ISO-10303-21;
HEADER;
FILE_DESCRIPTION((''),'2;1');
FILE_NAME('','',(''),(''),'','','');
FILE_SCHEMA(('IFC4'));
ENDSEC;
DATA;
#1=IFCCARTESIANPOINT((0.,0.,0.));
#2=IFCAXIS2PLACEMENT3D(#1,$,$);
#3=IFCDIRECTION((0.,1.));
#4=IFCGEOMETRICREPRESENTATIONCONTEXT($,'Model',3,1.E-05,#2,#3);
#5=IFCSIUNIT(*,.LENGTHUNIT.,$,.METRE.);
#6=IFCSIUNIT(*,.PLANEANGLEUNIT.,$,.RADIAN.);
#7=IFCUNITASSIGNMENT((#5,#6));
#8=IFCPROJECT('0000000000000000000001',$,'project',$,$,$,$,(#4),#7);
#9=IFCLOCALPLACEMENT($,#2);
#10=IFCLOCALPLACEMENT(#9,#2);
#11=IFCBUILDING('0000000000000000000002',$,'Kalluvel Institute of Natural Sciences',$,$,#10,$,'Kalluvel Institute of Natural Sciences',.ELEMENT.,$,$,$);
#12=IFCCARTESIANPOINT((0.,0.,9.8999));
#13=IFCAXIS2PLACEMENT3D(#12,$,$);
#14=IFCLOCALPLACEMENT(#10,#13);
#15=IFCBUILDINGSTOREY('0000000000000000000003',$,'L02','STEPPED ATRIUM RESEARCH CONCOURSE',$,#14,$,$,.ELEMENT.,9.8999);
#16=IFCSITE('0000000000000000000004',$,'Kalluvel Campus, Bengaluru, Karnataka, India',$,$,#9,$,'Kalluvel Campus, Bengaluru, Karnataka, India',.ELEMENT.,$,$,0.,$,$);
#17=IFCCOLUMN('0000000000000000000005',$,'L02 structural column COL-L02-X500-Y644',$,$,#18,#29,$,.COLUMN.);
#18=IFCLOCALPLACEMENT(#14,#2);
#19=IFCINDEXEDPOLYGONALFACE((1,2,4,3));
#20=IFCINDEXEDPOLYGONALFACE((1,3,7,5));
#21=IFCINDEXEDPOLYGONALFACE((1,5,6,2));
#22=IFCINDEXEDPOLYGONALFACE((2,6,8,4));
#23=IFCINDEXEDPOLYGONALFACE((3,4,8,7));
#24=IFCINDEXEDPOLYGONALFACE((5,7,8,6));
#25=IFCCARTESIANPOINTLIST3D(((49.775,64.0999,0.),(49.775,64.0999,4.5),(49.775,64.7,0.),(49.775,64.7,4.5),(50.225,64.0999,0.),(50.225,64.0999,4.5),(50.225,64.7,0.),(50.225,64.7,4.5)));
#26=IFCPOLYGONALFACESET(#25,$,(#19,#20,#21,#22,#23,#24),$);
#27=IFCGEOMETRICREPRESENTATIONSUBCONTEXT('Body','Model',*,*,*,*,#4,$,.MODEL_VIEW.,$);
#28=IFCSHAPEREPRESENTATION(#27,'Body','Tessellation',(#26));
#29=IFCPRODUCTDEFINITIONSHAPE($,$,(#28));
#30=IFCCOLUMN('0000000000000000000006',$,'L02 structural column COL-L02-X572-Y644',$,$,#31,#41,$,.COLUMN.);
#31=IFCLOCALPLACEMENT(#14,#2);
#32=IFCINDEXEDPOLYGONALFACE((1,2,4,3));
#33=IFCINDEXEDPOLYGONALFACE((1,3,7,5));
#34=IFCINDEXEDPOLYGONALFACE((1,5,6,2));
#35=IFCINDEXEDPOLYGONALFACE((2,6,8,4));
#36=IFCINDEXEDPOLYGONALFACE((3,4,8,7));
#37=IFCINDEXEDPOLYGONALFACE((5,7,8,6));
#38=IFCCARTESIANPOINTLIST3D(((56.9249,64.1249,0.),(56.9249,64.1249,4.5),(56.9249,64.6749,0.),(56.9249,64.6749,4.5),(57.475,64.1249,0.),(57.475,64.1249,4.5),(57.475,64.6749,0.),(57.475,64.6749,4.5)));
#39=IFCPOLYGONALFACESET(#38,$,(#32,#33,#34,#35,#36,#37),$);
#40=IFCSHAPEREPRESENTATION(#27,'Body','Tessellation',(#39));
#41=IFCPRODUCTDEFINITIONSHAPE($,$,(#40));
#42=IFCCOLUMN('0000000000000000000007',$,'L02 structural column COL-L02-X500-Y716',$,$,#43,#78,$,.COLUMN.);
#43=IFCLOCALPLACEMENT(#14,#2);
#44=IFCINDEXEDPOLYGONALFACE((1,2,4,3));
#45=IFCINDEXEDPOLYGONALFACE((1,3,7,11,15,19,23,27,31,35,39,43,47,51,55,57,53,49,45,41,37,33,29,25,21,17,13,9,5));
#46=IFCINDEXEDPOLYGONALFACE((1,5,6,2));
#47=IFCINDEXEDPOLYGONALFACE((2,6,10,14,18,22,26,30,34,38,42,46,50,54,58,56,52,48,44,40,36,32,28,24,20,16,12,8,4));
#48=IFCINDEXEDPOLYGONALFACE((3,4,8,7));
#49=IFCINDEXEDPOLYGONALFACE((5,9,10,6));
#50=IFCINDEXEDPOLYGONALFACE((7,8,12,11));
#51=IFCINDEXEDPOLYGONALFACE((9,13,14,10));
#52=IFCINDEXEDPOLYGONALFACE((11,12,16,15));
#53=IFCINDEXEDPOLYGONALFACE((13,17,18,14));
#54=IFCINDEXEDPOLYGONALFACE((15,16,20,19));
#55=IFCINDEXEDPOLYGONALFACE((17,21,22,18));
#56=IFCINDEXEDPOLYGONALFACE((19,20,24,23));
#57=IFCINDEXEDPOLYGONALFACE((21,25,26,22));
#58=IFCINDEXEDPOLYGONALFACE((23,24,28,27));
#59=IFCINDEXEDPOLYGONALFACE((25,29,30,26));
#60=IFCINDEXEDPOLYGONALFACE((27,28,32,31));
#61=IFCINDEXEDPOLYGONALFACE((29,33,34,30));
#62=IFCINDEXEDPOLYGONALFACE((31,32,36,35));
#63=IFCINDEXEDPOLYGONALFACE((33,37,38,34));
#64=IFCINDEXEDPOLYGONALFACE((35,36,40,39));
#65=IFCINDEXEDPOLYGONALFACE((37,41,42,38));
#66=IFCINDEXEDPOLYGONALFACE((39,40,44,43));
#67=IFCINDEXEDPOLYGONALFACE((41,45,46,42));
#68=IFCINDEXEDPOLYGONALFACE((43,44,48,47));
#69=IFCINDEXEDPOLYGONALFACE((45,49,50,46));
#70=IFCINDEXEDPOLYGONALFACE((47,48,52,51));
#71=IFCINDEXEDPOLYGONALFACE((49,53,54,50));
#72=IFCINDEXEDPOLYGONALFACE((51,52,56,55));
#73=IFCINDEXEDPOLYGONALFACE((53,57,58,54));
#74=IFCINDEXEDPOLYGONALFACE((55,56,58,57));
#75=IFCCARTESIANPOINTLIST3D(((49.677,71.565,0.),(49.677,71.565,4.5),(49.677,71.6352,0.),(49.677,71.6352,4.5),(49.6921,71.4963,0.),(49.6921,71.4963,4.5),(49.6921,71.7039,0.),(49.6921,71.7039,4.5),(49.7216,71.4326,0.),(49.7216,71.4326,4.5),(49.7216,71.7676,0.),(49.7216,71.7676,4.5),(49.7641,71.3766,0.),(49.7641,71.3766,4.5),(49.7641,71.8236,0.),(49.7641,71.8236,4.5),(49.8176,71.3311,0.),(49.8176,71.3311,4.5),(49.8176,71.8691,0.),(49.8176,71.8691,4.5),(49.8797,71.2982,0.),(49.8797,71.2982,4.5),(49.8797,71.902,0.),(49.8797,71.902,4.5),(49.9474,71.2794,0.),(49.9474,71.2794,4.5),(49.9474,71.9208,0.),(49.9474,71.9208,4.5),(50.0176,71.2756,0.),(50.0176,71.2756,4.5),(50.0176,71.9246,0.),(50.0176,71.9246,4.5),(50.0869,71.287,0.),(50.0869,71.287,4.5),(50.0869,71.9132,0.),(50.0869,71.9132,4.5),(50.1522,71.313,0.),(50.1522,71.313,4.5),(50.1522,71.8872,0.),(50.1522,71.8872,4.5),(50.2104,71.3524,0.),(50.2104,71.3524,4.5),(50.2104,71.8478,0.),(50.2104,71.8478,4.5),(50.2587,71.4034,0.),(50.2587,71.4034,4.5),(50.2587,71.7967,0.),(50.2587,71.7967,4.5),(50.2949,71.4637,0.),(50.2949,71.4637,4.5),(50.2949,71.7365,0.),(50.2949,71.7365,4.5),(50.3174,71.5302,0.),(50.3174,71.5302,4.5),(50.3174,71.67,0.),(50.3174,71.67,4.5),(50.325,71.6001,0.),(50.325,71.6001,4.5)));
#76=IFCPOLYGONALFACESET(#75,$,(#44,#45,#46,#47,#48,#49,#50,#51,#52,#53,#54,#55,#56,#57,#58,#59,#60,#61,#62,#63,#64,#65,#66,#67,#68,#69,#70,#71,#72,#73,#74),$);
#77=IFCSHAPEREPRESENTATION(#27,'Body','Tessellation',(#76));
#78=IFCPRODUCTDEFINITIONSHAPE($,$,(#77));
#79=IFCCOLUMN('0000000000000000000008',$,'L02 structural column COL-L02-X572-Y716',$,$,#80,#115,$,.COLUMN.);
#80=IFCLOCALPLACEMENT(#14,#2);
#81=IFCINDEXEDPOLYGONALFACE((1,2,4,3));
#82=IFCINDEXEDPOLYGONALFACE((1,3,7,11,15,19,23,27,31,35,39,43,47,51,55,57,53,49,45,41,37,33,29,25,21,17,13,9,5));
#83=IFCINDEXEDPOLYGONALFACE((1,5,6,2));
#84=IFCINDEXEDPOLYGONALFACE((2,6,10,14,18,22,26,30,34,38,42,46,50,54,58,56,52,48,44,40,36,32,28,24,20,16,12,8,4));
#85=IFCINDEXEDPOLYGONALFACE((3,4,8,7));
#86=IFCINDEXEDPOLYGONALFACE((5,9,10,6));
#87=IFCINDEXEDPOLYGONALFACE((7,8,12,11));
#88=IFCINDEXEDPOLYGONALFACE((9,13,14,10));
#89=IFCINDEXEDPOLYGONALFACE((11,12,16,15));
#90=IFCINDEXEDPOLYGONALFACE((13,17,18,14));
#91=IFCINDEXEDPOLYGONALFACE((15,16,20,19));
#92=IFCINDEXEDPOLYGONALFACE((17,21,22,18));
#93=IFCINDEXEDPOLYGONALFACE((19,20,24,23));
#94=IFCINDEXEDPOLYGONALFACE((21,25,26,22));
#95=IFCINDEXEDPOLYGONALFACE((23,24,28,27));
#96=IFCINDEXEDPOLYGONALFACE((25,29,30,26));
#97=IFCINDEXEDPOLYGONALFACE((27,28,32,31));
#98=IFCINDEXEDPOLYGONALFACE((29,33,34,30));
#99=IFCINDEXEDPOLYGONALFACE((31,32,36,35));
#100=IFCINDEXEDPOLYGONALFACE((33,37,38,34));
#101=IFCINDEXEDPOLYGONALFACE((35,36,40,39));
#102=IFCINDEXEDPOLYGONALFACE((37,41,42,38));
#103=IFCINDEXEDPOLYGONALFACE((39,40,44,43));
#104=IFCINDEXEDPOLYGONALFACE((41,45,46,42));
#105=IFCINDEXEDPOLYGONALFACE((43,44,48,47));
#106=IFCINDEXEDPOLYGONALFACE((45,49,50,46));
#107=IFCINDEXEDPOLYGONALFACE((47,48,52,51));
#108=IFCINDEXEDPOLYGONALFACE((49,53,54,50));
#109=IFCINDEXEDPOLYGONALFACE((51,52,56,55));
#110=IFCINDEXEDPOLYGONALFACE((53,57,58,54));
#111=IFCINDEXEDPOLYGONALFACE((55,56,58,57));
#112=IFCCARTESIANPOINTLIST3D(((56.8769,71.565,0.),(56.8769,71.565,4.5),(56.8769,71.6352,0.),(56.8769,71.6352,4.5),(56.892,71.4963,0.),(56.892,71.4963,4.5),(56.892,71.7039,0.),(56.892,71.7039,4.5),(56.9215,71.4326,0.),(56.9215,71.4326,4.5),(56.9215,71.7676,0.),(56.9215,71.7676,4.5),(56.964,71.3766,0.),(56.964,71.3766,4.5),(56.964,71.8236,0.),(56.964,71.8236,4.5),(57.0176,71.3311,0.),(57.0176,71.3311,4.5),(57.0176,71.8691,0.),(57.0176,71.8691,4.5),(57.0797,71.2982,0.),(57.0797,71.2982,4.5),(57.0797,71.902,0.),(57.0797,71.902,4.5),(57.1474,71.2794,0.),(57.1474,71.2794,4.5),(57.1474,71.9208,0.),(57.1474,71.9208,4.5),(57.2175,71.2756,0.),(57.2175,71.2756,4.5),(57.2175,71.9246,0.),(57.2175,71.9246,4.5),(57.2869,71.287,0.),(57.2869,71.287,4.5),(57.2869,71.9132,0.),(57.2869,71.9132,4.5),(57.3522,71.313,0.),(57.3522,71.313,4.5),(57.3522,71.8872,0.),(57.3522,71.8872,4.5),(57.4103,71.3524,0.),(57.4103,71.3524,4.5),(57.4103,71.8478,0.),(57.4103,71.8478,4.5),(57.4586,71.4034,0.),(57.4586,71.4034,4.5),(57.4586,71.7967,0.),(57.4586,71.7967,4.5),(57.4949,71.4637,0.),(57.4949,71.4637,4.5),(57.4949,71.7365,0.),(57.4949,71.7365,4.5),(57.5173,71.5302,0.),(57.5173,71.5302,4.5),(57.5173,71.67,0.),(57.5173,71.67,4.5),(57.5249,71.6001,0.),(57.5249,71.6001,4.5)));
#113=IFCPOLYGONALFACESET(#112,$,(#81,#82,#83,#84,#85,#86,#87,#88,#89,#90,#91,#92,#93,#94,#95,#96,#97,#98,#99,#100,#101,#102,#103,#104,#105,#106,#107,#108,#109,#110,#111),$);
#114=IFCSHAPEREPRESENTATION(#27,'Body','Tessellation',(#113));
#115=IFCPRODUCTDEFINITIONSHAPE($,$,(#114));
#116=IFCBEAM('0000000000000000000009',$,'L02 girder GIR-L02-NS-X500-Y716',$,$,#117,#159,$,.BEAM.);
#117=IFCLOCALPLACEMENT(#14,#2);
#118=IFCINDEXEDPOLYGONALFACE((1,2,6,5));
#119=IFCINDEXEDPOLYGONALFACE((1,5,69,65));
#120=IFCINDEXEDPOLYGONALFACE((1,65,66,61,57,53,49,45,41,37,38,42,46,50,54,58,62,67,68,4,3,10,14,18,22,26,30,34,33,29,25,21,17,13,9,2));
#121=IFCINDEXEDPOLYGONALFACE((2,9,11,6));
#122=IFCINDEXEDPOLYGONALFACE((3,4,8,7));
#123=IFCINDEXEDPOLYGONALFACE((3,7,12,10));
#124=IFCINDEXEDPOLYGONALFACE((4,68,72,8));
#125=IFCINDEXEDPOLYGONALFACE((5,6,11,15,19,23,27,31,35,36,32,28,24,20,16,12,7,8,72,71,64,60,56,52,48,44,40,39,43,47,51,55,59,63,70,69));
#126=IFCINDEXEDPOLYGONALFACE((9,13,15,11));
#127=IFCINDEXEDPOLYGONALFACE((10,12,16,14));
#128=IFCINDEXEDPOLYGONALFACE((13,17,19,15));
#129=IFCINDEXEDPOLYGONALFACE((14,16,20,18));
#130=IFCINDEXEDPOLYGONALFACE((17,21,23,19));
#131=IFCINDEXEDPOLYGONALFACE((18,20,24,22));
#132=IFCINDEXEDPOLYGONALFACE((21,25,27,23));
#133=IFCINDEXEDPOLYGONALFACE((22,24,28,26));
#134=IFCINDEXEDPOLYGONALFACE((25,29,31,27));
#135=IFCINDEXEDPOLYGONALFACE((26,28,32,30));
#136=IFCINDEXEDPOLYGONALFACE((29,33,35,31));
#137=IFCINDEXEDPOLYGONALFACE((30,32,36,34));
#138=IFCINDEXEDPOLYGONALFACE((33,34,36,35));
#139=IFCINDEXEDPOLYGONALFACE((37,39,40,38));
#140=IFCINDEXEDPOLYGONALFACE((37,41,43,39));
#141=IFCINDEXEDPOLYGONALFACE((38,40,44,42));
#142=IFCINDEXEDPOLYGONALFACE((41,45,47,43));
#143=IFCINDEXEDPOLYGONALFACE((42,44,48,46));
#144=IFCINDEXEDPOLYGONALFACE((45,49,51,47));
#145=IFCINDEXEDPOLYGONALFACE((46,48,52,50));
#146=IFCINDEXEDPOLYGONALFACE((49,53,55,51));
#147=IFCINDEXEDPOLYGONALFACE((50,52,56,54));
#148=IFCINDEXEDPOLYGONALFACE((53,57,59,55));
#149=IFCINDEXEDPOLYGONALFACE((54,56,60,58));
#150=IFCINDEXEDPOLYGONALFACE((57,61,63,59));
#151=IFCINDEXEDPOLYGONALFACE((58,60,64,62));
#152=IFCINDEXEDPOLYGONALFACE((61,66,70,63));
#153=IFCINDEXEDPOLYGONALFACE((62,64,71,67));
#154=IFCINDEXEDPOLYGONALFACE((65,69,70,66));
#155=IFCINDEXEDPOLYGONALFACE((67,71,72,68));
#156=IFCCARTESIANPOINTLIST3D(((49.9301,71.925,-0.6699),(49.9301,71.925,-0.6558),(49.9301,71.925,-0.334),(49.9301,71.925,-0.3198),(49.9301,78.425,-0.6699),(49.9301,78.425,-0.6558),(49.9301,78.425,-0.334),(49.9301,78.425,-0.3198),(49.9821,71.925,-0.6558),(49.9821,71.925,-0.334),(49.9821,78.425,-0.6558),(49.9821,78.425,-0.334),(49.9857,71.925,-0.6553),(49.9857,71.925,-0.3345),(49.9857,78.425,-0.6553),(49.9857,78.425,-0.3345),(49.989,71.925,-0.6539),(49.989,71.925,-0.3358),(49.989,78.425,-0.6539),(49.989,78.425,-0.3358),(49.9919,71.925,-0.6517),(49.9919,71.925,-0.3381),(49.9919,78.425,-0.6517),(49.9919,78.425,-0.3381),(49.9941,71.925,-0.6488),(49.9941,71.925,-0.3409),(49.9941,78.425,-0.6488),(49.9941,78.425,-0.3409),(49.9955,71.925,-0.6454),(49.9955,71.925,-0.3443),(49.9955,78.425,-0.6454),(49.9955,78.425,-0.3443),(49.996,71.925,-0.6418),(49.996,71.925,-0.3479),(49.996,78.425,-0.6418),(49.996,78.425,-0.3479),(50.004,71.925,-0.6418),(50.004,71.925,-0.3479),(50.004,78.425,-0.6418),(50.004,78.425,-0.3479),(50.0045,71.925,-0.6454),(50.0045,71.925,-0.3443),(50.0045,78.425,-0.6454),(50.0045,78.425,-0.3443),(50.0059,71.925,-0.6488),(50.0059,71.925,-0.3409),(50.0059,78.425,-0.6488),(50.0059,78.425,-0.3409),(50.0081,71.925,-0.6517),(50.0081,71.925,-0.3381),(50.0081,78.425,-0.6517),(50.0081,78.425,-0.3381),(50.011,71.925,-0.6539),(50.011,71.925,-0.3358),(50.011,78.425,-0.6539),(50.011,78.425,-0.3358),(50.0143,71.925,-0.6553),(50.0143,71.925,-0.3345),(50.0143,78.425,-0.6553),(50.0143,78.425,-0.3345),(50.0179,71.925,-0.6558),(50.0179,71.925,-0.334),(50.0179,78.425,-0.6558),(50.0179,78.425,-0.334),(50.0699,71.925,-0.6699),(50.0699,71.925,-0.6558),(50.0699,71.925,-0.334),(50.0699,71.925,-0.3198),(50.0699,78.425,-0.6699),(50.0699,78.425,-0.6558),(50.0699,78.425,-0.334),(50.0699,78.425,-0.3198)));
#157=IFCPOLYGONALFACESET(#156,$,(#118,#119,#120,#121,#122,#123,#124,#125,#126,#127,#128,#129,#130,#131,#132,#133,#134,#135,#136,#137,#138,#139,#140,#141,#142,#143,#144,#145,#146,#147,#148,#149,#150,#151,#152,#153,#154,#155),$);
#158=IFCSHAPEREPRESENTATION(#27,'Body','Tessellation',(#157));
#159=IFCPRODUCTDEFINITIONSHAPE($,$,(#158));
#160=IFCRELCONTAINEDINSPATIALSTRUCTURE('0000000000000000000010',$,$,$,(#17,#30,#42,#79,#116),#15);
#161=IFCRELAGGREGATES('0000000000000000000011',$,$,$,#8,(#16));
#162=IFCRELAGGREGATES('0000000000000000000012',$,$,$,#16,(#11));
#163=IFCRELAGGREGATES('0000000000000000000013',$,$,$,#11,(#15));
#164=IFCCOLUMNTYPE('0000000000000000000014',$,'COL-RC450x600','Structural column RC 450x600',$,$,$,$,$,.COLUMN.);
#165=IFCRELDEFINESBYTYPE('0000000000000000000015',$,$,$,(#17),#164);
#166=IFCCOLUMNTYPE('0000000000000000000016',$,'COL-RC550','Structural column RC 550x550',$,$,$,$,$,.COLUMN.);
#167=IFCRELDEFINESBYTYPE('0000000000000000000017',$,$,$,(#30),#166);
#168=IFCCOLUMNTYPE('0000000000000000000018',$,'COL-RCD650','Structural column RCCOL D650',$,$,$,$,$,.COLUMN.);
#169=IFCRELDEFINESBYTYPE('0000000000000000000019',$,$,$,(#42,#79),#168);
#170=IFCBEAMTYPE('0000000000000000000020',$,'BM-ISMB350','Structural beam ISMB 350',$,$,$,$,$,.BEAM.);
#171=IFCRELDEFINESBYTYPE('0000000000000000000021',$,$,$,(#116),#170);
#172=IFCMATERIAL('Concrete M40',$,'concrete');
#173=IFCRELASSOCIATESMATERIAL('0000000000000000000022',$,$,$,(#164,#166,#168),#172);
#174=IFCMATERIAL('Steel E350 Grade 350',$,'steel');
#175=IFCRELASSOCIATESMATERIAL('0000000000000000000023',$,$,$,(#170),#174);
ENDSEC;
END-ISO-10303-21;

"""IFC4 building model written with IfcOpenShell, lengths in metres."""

from ifc_helpers import new_model, si_unit, direction, frame, origin, origin_2d, place, context, subcontext, project, spatial, rectangle, circle, i_section, extrude, material, material_profile, profile_set, type_object, element, save


model = new_model("IFC4")

# Units and contexts
model_context = context("Model", 3, precision=1e-05, world=origin(), true_north=direction((0.0, 1.0)))
body_context = subcontext(model_context, "Body", "Model", "MODEL_VIEW")
ifc_project = project(units=[si_unit("LENGTHUNIT", "METRE"), si_unit("PLANEANGLEUNIT", "RADIAN")], contexts=[model_context])

# Site, building, storey
site_placement = place(None, origin())
site = spatial("IfcSite", under=ifc_project, at=site_placement, Name="Kalluvel Campus, Bengaluru, Karnataka, India", LongName="Kalluvel Campus, Bengaluru, Karnataka, India", CompositionType="ELEMENT", RefElevation=0.0)
building_placement = place(site_placement, origin())
building = spatial("IfcBuilding", under=site, at=building_placement, Name="Kalluvel Institute of Natural Sciences", LongName="Kalluvel Institute of Natural Sciences", CompositionType="ELEMENT")
storey_placement = place(building_placement, frame((0.0, 0.0, 9.8999)))
storey = spatial("IfcBuildingStorey", under=building, at=storey_placement, Name="L02", Description="STEPPED ATRIUM RESEARCH CONCOURSE", CompositionType="ELEMENT", Elevation=9.8999)

# Columns
ifc_material_1 = material(Name="Concrete M40", Category="concrete")
ifc_material_profile_1 = material_profile(ifc_material_1, rectangle(XDim=0.45, YDim=0.6001, at=origin_2d()), Name="RC 450x600")
ifc_profile_set_1 = profile_set([ifc_material_profile_1], Name="Concrete M40")
column_type_1 = type_object("IfcColumnType", Name="COL-RC450x600", Description="Structural column RC 450x600", PredefinedType="COLUMN", material=ifc_profile_set_1)
column_1_placement = place(storey_placement, frame((50.0, 64.3999, 0.0), z_axis=(0.0, 0.0, 1.0), x_axis=(1.0, 0.0, 0.0)))
element("IfcColumn", 1, at=column_1_placement, inside=storey, type_object=column_type_1, Name="L02 structural column COL-L02-X500-Y644", PredefinedType="COLUMN", context=body_context, shape_type="SweptSolid", body=[
    extrude(rectangle(XDim=0.45, YDim=0.6001, at=origin_2d()), origin(), (0.0, 0.0, 1.0), 4.5),
])
ifc_material_profile_2 = material_profile(ifc_material_1, rectangle(XDim=0.55, YDim=0.55, at=origin_2d()), Name="RC 550x550")
ifc_profile_set_2 = profile_set([ifc_material_profile_2], Name="Concrete M40")
column_type_2 = type_object("IfcColumnType", Name="COL-RC550", Description="Structural column RC 550x550", PredefinedType="COLUMN", material=ifc_profile_set_2)
column_2_placement = place(storey_placement, frame((57.2, 64.3999, 0.0), z_axis=(0.0, 0.0, 1.0), x_axis=(1.0, 0.0, 0.0)))
element("IfcColumn", 2, at=column_2_placement, inside=storey, type_object=column_type_2, Name="L02 structural column COL-L02-X572-Y644", PredefinedType="COLUMN", context=body_context, shape_type="SweptSolid", body=[
    extrude(rectangle(XDim=0.55, YDim=0.55, at=origin_2d()), origin(), (0.0, 0.0, 1.0), 4.5),
])
ifc_material_profile_3 = material_profile(ifc_material_1, circle(Radius=0.325, at=origin_2d()), Name="RCCOL D650")
ifc_profile_set_3 = profile_set([ifc_material_profile_3], Name="Concrete M40")
column_type_3 = type_object("IfcColumnType", Name="COL-RCD650", Description="Structural column RCCOL D650", PredefinedType="COLUMN", material=ifc_profile_set_3)
for number, where, z_axis, x_axis, name in (
    (3, (50.0, 71.6001, 0.0), (0.0, 0.0, 1.0), (1.0, 0.0, 0.0), "L02 structural column COL-L02-X500-Y716"),
    (4, (57.2, 71.6001, 0.0), (0.0, 0.0, 1.0), (1.0, 0.0, 0.0), "L02 structural column COL-L02-X572-Y716"),
):
    element("IfcColumn", number, at=place(storey_placement, frame(where, z_axis=z_axis, x_axis=x_axis)), inside=storey, type_object=column_type_3, Name=name, PredefinedType="COLUMN", context=body_context, shape_type="SweptSolid", body=[
        extrude(circle(Radius=0.325, at=origin_2d()), origin(), (0.0, 0.0, 1.0), 4.5),
    ])

# Beam
ifc_material_2 = material(Name="Steel E350 Grade 350", Category="steel")
ifc_material_profile_4 = material_profile(ifc_material_2, i_section(OverallWidth=0.1399, OverallDepth=0.3501, WebThickness=0.0081, FlangeThickness=0.0142, FilletRadius=0.0139, at=origin_2d()), Name="ISMB 350")
ifc_profile_set_4 = profile_set([ifc_material_profile_4], Name="Steel E350 Grade 350")
beam_type_1 = type_object("IfcBeamType", Name="BM-ISMB350", Description="Structural beam ISMB 350", PredefinedType="BEAM", material=ifc_profile_set_4)
beam_1_placement = place(storey_placement, frame((50.0, 71.925, -0.4949), z_axis=(0.0, 1.0, 0.0), x_axis=(-1.0, 0.0, 0.0)))
element("IfcBeam", 5, at=beam_1_placement, inside=storey, type_object=beam_type_1, Name="L02 girder GIR-L02-NS-X500-Y716", PredefinedType="BEAM", context=body_context, shape_type="SweptSolid", body=[
    extrude(i_section(OverallWidth=0.1399, OverallDepth=0.3501, WebThickness=0.0081, FlangeThickness=0.0142, FilletRadius=0.0139, at=origin_2d()), origin(), (0.0, 0.0, 1.0), 6.5),
])

save(model, "model.ifc")
